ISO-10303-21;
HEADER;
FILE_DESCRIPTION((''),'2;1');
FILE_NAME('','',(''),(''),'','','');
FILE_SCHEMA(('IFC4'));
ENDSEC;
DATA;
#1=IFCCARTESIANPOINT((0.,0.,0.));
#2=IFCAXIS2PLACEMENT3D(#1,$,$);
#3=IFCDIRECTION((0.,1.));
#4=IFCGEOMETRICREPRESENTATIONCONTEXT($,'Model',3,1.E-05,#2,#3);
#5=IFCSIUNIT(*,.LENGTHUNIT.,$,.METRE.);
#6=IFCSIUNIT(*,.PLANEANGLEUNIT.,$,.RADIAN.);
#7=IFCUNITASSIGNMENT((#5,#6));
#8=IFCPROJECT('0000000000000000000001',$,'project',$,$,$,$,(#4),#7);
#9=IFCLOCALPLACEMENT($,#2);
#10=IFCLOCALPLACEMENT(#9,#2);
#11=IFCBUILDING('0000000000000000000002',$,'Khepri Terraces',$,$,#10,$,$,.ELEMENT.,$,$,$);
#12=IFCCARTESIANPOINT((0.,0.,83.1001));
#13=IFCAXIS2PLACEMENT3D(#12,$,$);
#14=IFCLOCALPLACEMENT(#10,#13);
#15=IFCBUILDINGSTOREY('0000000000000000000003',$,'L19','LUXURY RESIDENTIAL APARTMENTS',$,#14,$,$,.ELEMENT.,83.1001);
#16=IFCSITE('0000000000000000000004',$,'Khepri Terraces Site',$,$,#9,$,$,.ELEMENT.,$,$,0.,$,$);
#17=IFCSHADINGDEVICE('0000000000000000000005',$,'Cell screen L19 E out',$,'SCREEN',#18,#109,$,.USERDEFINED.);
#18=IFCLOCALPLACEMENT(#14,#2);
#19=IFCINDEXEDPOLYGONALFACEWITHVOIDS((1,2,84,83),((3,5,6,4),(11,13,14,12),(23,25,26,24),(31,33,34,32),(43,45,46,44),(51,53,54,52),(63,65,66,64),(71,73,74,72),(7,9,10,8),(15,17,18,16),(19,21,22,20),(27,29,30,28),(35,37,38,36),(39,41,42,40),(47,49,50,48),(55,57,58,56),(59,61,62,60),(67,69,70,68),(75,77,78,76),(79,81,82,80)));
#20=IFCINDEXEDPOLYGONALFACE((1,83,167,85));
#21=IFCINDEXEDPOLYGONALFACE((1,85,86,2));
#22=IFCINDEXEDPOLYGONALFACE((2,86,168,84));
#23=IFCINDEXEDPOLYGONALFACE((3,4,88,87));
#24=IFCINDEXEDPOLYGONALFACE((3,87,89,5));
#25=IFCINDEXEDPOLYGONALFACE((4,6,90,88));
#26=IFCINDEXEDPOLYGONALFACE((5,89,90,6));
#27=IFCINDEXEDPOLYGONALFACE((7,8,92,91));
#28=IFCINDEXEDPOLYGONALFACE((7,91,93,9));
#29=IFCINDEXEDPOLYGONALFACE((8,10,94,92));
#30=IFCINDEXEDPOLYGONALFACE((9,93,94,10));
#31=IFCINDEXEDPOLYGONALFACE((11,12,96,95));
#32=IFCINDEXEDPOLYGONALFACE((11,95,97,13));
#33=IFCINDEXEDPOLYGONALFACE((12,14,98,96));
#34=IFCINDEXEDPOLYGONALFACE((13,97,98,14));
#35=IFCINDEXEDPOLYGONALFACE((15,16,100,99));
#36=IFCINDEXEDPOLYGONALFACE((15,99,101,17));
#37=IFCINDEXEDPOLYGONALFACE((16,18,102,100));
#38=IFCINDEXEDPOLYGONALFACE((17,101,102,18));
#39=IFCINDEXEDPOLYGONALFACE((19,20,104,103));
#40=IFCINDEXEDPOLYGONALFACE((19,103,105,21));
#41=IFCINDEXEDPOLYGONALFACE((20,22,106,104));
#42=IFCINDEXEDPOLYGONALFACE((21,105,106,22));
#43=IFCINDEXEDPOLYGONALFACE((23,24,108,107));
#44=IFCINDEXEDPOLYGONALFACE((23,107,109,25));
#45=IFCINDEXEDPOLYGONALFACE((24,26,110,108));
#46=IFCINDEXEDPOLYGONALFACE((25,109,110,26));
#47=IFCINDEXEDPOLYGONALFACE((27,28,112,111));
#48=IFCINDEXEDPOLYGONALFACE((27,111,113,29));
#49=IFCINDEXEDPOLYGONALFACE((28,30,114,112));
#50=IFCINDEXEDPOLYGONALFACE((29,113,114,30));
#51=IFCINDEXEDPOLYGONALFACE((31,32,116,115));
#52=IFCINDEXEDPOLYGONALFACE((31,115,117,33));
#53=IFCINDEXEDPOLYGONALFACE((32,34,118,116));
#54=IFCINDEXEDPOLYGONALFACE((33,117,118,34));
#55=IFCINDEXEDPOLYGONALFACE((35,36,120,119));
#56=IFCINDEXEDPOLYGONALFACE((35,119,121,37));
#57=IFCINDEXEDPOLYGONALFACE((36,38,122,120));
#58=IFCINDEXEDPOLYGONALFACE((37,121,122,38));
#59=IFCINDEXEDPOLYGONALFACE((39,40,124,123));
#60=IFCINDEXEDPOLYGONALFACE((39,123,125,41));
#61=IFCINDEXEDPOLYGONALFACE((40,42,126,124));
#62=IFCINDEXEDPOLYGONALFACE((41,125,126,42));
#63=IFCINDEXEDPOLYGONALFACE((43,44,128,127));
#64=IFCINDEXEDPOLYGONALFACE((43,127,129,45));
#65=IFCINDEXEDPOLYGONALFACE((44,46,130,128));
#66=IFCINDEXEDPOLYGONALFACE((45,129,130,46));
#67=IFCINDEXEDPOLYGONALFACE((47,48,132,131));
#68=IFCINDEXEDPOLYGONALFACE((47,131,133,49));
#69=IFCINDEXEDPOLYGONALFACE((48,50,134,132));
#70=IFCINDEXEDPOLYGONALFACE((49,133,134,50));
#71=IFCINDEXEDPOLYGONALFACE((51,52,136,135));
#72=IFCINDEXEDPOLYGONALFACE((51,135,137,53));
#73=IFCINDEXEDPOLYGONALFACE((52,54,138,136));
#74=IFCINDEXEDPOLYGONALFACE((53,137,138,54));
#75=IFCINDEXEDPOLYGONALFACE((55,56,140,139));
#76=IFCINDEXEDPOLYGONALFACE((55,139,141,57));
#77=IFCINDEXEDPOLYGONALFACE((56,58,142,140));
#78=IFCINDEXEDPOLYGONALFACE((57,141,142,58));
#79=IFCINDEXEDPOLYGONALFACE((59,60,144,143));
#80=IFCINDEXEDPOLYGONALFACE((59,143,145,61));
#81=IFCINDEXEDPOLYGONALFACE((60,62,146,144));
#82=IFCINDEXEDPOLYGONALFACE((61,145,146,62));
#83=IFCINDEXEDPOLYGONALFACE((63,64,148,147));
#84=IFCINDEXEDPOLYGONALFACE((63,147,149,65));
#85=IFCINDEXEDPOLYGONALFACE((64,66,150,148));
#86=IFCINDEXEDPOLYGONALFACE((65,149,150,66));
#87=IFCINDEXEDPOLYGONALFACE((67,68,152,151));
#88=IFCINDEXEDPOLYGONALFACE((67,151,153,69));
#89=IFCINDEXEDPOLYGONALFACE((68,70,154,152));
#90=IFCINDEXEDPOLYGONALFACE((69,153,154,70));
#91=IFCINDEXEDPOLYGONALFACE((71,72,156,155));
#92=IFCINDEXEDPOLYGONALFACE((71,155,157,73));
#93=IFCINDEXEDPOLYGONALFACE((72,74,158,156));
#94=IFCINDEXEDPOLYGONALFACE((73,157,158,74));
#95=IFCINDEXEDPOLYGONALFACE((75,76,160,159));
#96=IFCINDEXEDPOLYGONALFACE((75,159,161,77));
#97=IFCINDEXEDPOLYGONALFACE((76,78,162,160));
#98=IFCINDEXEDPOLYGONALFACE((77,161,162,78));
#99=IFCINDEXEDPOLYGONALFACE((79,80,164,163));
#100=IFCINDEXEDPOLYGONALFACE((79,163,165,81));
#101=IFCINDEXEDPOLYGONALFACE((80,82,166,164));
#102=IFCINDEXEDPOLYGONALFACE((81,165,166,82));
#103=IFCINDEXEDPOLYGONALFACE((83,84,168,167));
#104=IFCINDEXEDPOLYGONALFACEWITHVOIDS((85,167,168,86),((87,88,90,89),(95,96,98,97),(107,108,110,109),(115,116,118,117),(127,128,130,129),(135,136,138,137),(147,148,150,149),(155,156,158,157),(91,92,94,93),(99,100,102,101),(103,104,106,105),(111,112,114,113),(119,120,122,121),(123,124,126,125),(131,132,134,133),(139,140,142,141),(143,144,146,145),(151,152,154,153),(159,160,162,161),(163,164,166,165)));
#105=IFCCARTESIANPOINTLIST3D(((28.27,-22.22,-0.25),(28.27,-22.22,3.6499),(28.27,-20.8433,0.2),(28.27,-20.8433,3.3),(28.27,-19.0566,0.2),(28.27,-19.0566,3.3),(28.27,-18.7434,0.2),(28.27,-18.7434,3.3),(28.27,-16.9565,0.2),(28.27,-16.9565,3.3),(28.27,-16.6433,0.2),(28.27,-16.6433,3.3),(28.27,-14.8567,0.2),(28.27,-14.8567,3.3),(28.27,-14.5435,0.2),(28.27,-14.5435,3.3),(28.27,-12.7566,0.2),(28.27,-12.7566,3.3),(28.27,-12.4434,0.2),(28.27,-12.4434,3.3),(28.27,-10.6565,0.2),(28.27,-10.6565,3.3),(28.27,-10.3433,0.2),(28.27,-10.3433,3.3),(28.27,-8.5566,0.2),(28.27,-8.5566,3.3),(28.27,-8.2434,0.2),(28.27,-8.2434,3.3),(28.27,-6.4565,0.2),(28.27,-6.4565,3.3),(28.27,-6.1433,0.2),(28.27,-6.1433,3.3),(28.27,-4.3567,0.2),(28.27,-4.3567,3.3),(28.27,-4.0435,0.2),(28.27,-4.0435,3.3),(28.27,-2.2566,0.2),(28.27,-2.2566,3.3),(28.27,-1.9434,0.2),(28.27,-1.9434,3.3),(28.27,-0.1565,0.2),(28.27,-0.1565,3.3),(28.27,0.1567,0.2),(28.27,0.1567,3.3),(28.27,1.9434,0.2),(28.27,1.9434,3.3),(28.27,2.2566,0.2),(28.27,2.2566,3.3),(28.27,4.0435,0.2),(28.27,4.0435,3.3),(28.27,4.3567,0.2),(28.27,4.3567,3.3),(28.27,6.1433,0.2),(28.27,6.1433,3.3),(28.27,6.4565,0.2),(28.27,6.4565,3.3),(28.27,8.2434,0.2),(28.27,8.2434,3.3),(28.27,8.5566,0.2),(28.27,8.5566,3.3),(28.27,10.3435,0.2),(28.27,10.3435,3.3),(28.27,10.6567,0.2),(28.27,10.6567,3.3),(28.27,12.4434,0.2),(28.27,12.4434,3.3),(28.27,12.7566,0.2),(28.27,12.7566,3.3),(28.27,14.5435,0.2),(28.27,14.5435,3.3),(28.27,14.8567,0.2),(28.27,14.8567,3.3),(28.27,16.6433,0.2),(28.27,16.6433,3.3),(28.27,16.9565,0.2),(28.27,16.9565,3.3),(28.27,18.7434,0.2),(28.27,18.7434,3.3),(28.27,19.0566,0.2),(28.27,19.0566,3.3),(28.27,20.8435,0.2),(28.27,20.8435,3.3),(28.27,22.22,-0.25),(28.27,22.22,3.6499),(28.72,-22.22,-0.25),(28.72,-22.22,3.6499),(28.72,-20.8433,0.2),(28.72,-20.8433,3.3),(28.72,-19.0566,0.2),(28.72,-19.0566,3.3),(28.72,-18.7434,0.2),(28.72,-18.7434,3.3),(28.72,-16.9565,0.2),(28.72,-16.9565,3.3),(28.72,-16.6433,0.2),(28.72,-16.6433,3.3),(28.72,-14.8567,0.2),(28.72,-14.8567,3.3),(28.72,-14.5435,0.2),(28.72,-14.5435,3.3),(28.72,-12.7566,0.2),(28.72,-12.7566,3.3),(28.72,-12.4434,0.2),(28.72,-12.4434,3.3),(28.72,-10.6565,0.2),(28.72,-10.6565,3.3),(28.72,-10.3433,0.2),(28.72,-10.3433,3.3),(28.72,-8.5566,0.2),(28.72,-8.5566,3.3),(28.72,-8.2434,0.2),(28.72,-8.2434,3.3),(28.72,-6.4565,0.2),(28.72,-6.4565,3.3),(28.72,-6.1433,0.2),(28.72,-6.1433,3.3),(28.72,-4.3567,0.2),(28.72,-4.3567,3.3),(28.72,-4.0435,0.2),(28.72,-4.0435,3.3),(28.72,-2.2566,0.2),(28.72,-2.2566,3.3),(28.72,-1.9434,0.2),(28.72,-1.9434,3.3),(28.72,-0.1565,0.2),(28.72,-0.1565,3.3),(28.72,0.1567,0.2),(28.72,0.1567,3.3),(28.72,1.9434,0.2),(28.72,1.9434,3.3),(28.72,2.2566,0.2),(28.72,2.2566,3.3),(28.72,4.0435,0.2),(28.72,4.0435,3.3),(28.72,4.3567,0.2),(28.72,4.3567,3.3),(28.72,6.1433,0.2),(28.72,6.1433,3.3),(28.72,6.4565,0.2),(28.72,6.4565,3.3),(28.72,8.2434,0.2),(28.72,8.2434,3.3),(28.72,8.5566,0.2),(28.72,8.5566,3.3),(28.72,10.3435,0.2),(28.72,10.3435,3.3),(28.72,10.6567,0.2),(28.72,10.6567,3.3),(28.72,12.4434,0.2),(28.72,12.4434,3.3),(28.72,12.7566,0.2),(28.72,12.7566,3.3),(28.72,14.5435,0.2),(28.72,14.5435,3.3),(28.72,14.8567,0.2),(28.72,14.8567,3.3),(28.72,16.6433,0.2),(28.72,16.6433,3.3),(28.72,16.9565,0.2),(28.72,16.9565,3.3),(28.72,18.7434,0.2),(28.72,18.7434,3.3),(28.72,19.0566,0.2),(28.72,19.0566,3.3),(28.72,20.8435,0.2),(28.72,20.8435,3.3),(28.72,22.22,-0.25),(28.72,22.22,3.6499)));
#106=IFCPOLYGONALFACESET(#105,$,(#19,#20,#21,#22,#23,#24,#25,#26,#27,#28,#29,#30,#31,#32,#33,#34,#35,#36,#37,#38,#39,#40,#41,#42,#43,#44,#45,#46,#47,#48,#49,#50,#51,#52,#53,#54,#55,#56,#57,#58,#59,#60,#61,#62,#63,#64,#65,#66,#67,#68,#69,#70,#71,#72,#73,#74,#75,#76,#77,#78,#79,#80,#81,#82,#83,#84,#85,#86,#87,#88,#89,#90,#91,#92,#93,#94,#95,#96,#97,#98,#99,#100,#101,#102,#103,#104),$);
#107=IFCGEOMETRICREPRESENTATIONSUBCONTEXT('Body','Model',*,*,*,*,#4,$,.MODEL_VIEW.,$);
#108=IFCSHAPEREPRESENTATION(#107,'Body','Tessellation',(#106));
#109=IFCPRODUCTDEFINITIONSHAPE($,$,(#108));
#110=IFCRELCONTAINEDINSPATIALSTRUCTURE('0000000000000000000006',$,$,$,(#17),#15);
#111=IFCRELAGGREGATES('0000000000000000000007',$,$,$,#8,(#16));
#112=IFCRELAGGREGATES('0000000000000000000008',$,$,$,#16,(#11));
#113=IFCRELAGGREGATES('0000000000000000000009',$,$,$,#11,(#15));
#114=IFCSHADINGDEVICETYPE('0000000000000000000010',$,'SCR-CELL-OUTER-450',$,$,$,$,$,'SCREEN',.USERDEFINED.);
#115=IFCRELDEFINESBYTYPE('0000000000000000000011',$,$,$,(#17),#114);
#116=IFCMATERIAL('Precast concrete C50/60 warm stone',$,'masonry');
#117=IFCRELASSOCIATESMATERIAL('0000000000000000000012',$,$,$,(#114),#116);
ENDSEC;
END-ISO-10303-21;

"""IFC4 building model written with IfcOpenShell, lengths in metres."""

from ifc_helpers import new_model, si_unit, direction, frame, origin, place, context, subcontext, project, spatial, polyline, outline, extrude, material, type_object, element, save


model = new_model("IFC4")

# Units and contexts
model_context = context("Model", 3, precision=1e-05, world=origin(), true_north=direction((0.0, 1.0)))
body_context = subcontext(model_context, "Body", "Model", "MODEL_VIEW")
ifc_project = project(units=[si_unit("LENGTHUNIT", "METRE"), si_unit("PLANEANGLEUNIT", "RADIAN")], contexts=[model_context])

# Site, building, storey
site_placement = place(None, origin())
site = spatial("IfcSite", under=ifc_project, at=site_placement, Name="Khepri Terraces Site", CompositionType="ELEMENT", RefElevation=0.0)
building_placement = place(site_placement, origin())
building = spatial("IfcBuilding", under=site, at=building_placement, Name="Khepri Terraces", CompositionType="ELEMENT")
storey_placement = place(building_placement, frame((0.0, 0.0, 83.1001)))
storey = spatial("IfcBuildingStorey", under=building, at=storey_placement, Name="L19", Description="LUXURY RESIDENTIAL APARTMENTS", CompositionType="ELEMENT", Elevation=83.1001)

# Shared definitions
ifc_material_1 = material(Name="Precast concrete C50/60 warm stone", Category="masonry")

# Shading device
shading_device_type_1 = type_object("IfcShadingDeviceType", Name="SCR-CELL-OUTER-450", ElementType="SCREEN", PredefinedType="USERDEFINED", material=ifc_material_1)
shading_device_1_placement = place(storey_placement, frame((28.27, -22.22, -0.25), z_axis=(1.0, 0.0, 0.0), x_axis=(0.0, 1.0, 0.0)))
element("IfcShadingDevice", 1, at=shading_device_1_placement, inside=storey, type_object=shading_device_type_1, Name="Cell screen L19 E out", ObjectType="SCREEN", PredefinedType="USERDEFINED", context=body_context, shape_type="SweptSolid", body=[
    extrude(outline(polyline([(0.0, 0.0), (44.4399, 0.0), (44.4399, 3.8999), (0.0, 3.8999), (0.0, 0.0)]), holes=[polyline([(1.3767, 0.45), (3.1633, 0.45), (3.1633, 3.55), (1.3767, 3.55), (1.3767, 0.45)]), polyline([(3.4766, 0.45), (5.2634, 0.45), (5.2634, 3.55), (3.4766, 3.55), (3.4766, 0.45)]), polyline([(5.5767, 0.45), (7.3633, 0.45), (7.3633, 3.55), (5.5767, 3.55), (5.5767, 0.45)]), polyline([(7.6765, 0.45), (9.4634, 0.45), (9.4634, 3.55), (7.6765, 3.55), (7.6765, 0.45)]), polyline([(9.7766, 0.45), (11.5635, 0.45), (11.5635, 3.55), (9.7766, 3.55), (9.7766, 0.45)]), polyline([(11.8767, 0.45), (13.6633, 0.45), (13.6633, 3.55), (11.8767, 3.55), (11.8767, 0.45)]), polyline([(13.9766, 0.45), (15.7634, 0.45), (15.7634, 3.55), (13.9766, 3.55), (13.9766, 0.45)]), polyline([(16.0767, 0.45), (17.8633, 0.45), (17.8633, 3.55), (16.0767, 3.55), (16.0767, 0.45)]), polyline([(18.1765, 0.45), (19.9634, 0.45), (19.9634, 3.55), (18.1765, 3.55), (18.1765, 0.45)]), polyline([(20.2766, 0.45), (22.0635, 0.45), (22.0635, 3.55), (20.2766, 3.55), (20.2766, 0.45)]), polyline([(22.3767, 0.45), (24.1633, 0.45), (24.1633, 3.55), (22.3767, 3.55), (22.3767, 0.45)]), polyline([(24.4766, 0.45), (26.2634, 0.45), (26.2634, 3.55), (24.4766, 3.55), (24.4766, 0.45)]), polyline([(26.5767, 0.45), (28.3633, 0.45), (28.3633, 3.55), (26.5767, 3.55), (26.5767, 0.45)]), polyline([(28.6765, 0.45), (30.4634, 0.45), (30.4634, 3.55), (28.6765, 3.55), (28.6765, 0.45)]), polyline([(30.7766, 0.45), (32.5635, 0.45), (32.5635, 3.55), (30.7766, 3.55), (30.7766, 0.45)]), polyline([(32.8767, 0.45), (34.6633, 0.45), (34.6633, 3.55), (32.8767, 3.55), (32.8767, 0.45)]), polyline([(34.9766, 0.45), (36.7634, 0.45), (36.7634, 3.55), (34.9766, 3.55), (34.9766, 0.45)]), polyline([(37.0767, 0.45), (38.8633, 0.45), (38.8633, 3.55), (37.0767, 3.55), (37.0767, 0.45)]), polyline([(39.1765, 0.45), (40.9634, 0.45), (40.9634, 3.55), (39.1765, 3.55), (39.1765, 0.45)]), polyline([(41.2766, 0.45), (43.0635, 0.45), (43.0635, 3.55), (41.2766, 3.55), (41.2766, 0.45)])]), origin(), (0.0, 0.0, 1.0), 0.45),
])

save(model, "model.ifc")
